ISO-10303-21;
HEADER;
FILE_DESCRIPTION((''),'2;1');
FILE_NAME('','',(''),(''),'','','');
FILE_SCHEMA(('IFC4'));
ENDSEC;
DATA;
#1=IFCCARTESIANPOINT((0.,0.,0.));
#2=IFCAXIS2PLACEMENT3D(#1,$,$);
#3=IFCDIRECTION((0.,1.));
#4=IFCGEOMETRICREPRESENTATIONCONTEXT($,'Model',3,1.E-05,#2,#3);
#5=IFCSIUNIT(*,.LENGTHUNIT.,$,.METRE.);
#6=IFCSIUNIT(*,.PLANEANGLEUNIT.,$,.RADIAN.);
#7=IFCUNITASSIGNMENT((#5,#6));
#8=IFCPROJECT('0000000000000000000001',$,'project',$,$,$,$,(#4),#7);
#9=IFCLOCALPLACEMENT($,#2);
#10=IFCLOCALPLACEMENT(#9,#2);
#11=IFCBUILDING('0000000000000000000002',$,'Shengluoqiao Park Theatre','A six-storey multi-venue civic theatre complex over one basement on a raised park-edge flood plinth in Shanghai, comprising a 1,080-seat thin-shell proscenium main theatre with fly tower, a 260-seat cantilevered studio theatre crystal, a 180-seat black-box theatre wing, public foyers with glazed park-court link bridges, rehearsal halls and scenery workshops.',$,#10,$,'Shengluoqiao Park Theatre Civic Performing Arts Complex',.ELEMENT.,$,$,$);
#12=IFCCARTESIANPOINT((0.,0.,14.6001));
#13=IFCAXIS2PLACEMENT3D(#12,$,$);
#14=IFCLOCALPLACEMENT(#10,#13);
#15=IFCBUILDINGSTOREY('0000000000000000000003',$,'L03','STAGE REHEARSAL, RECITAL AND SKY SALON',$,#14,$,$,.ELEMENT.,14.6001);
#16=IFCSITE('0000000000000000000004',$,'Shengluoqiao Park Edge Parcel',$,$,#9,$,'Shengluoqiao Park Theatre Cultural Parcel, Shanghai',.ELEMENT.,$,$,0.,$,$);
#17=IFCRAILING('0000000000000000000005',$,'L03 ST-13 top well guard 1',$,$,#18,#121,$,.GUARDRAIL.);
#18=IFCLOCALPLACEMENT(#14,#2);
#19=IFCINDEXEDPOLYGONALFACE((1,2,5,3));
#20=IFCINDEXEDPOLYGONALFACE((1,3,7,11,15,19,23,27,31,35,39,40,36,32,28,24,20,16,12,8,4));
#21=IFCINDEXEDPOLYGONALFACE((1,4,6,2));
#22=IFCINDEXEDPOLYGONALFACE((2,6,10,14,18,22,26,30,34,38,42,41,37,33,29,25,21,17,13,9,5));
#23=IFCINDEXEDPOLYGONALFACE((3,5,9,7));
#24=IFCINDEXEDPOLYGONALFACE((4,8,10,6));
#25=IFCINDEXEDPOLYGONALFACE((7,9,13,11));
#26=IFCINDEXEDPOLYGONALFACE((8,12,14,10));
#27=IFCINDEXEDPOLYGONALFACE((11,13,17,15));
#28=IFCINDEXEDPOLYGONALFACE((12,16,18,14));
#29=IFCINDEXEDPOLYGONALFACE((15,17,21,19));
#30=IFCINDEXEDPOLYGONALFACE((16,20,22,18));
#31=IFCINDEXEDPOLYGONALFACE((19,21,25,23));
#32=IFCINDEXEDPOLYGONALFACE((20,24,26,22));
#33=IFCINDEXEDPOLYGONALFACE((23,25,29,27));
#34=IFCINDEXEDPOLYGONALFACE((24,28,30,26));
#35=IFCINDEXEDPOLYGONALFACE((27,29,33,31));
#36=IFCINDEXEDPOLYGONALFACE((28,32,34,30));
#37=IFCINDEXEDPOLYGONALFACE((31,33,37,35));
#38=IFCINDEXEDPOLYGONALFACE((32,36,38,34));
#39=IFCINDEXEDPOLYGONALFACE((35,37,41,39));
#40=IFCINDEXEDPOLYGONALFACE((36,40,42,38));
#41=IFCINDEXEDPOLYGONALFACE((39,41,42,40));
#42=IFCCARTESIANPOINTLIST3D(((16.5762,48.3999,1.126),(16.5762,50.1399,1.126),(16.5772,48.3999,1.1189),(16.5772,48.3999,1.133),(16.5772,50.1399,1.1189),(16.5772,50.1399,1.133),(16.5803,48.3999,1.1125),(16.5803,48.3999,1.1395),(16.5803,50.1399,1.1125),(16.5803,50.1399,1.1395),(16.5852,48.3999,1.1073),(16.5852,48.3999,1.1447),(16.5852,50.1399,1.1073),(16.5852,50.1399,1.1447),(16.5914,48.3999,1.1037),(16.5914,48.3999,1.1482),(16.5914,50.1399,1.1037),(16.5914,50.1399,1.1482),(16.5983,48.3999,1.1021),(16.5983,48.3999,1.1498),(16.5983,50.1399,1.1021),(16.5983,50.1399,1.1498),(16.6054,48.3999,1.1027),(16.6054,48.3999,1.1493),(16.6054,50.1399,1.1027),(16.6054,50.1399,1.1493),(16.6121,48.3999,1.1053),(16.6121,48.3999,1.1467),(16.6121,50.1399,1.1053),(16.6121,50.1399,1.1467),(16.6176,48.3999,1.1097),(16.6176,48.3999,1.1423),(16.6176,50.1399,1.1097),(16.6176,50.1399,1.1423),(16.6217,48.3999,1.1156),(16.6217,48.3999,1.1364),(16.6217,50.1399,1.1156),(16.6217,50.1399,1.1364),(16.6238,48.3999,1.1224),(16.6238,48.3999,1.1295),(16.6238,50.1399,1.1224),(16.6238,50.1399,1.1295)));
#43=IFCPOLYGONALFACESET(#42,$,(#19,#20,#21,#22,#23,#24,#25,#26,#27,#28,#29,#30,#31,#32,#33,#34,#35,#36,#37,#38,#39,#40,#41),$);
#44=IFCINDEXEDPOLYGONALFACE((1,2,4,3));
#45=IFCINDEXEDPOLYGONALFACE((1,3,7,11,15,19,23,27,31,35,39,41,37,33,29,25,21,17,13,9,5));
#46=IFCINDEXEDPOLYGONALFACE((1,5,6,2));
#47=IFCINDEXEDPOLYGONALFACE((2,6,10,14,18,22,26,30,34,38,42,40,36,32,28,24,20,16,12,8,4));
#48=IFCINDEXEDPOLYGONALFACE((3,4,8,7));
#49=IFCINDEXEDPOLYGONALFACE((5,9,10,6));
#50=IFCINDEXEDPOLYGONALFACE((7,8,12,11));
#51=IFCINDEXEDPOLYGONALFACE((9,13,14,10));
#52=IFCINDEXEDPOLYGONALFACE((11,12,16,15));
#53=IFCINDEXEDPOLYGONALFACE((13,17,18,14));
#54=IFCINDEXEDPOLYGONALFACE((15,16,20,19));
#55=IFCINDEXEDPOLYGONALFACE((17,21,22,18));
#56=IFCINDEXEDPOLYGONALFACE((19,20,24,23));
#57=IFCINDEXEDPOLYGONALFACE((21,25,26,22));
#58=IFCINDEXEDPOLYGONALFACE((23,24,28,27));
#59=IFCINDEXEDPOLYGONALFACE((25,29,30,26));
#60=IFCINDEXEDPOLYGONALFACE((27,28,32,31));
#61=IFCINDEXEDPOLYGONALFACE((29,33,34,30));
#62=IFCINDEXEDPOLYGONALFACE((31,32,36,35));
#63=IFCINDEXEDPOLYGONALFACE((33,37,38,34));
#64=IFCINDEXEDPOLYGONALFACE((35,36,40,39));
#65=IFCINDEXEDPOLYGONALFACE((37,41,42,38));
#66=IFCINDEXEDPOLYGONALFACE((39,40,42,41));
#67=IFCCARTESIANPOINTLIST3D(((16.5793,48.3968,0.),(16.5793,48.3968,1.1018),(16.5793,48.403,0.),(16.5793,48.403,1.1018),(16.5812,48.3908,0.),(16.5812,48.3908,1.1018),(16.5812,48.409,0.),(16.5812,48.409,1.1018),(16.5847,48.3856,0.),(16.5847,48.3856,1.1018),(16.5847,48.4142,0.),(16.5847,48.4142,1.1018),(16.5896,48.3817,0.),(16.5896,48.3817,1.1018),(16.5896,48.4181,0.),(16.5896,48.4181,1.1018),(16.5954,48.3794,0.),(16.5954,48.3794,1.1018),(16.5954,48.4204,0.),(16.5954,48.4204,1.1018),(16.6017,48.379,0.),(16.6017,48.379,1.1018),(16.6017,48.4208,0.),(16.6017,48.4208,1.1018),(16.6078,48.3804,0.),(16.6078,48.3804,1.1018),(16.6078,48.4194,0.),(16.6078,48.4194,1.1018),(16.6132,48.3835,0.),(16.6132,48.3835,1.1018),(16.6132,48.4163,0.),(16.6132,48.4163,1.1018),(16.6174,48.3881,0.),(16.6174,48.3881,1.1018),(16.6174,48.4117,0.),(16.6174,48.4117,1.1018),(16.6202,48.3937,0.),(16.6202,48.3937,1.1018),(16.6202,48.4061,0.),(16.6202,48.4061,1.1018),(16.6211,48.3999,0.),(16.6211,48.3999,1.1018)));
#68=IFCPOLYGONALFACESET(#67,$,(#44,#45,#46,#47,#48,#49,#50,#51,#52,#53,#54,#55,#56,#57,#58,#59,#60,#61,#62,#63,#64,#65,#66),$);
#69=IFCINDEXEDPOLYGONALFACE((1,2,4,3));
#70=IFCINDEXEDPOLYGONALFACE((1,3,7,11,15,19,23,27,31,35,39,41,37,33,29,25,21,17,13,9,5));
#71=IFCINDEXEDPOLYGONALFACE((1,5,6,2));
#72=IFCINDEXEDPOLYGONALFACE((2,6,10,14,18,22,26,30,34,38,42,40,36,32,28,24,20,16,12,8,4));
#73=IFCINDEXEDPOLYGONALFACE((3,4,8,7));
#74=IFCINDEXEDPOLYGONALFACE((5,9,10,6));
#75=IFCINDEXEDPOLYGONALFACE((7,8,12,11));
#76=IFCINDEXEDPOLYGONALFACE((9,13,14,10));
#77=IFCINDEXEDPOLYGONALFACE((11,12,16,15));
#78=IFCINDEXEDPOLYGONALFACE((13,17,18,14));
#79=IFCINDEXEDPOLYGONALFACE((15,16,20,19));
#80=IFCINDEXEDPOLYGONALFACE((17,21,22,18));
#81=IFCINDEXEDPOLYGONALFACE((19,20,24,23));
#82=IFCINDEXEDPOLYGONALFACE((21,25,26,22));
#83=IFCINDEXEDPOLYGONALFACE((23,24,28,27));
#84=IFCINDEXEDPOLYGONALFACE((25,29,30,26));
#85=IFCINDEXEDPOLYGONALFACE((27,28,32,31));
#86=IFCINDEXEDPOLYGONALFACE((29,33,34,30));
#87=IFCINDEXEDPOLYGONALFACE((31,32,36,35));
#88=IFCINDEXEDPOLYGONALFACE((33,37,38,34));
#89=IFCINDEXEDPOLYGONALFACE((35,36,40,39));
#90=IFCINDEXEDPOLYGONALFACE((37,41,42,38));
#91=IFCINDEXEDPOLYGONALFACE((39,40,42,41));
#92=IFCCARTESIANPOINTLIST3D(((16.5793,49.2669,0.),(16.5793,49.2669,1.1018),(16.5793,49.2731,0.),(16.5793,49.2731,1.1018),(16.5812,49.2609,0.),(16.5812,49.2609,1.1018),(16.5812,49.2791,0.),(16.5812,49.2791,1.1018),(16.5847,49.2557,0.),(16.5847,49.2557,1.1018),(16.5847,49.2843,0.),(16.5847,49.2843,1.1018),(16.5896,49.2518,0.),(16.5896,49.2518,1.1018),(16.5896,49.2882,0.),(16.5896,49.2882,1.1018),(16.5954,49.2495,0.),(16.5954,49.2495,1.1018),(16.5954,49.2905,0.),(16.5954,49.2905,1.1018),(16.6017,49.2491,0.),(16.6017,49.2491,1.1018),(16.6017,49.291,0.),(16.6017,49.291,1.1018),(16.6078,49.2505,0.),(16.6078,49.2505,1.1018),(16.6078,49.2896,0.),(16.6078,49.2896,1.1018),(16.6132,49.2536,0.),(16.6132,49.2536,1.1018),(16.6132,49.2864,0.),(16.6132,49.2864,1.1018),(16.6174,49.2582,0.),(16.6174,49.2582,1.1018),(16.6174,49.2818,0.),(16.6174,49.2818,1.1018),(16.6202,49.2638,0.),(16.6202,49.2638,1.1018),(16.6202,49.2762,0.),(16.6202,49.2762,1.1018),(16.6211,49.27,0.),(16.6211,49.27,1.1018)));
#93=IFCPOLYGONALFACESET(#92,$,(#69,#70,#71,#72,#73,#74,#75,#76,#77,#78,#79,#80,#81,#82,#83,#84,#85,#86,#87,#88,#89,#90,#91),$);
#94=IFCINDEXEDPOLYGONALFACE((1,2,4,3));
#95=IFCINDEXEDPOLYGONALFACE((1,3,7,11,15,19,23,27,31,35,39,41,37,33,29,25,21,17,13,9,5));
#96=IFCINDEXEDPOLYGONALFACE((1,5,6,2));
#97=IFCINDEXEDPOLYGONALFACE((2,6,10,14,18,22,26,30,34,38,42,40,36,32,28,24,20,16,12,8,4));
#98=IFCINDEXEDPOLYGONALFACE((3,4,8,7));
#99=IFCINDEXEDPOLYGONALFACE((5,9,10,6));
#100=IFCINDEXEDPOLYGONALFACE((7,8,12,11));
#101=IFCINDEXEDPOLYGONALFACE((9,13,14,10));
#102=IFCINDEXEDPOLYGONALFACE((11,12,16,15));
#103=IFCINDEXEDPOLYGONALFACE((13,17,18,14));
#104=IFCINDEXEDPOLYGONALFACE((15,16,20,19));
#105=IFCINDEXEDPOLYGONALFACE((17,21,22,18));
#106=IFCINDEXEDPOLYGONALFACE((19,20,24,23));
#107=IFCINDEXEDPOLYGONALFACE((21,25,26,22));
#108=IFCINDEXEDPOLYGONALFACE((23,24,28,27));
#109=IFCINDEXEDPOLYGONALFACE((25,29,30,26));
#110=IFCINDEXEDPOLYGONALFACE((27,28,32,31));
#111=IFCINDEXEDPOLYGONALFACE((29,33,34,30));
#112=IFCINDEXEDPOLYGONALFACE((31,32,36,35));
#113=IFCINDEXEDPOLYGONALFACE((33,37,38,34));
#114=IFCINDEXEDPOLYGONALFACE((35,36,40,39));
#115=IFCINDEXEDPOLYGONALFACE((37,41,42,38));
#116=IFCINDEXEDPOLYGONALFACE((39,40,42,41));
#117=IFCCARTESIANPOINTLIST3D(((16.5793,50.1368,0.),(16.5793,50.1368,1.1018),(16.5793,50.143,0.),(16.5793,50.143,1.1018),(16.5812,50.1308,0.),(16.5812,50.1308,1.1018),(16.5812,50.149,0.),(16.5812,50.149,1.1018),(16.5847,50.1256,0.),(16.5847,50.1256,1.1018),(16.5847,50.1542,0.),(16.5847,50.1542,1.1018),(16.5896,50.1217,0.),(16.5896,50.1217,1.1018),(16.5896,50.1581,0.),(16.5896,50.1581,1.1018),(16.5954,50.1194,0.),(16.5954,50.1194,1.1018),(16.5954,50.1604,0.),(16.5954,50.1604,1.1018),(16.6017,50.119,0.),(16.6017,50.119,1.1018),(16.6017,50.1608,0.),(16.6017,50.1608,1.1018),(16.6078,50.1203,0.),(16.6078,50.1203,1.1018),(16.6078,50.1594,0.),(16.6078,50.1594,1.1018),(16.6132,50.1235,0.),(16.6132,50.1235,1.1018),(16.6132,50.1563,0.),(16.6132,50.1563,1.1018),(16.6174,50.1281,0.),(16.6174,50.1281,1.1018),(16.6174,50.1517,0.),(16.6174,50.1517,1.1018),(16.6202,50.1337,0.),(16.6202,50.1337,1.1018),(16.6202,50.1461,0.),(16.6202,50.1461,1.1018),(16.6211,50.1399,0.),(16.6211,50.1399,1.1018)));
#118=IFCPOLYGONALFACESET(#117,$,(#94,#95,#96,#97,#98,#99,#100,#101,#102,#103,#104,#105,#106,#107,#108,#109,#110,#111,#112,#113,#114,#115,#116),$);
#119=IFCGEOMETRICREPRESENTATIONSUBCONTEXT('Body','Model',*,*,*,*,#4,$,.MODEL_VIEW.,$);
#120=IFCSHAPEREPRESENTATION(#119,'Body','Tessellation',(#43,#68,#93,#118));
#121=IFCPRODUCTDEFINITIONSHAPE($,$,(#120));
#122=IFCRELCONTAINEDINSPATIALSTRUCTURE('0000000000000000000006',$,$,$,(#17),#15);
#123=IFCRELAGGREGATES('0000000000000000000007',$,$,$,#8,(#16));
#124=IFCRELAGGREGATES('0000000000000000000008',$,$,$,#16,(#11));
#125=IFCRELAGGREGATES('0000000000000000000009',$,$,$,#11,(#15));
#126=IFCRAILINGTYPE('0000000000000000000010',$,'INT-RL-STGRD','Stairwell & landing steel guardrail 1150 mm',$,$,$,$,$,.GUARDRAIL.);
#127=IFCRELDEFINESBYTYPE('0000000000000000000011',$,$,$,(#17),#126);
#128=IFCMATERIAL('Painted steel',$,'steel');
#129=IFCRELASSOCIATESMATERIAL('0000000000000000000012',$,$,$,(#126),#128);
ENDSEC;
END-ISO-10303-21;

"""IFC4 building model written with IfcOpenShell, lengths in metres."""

from ifc_helpers import new_model, si_unit, direction, frame, origin, origin_2d, place, context, subcontext, project, spatial, circle, extrude, material, type_object, element, save


model = new_model("IFC4")

# Units and contexts
model_context = context("Model", 3, precision=1e-05, world=origin(), true_north=direction((0.0, 1.0)))
body_context = subcontext(model_context, "Body", "Model", "MODEL_VIEW")
ifc_project = project(units=[si_unit("LENGTHUNIT", "METRE"), si_unit("PLANEANGLEUNIT", "RADIAN")], contexts=[model_context])

# Site, building, storey
site_placement = place(None, origin())
site = spatial("IfcSite", under=ifc_project, at=site_placement, Name="Shengluoqiao Park Edge Parcel", LongName="Shengluoqiao Park Theatre Cultural Parcel, Shanghai", CompositionType="ELEMENT", RefElevation=0.0)
building_placement = place(site_placement, origin())
building = spatial("IfcBuilding", under=site, at=building_placement, Name="Shengluoqiao Park Theatre", Description="A six-storey multi-venue civic theatre complex over one basement on a raised park-edge flood plinth in Shanghai, comprising a 1,080-seat thin-shell proscenium main theatre with fly tower, a 260-seat cantilevered studio theatre crystal, a 180-seat black-box theatre wing, public foyers with glazed park-court link bridges, rehearsal halls and scenery workshops.", LongName="Shengluoqiao Park Theatre Civic Performing Arts Complex", CompositionType="ELEMENT")
storey_placement = place(building_placement, frame((0.0, 0.0, 14.6001)))
storey = spatial("IfcBuildingStorey", under=building, at=storey_placement, Name="L03", Description="STAGE REHEARSAL, RECITAL AND SKY SALON", CompositionType="ELEMENT", Elevation=14.6001)

# Railing
ifc_material_1 = material(Name="Painted steel", Category="steel")
railing_type = type_object("IfcRailingType", Name="INT-RL-STGRD", Description="Stairwell & landing steel guardrail 1150 mm", PredefinedType="GUARDRAIL", material=ifc_material_1)
railing_placement = place(storey_placement, frame((16.6001, 48.3999, 0.0)))
element("IfcRailing", 1, at=railing_placement, inside=storey, type_object=railing_type, Name="L03 ST-13 top well guard 1", PredefinedType="GUARDRAIL", context=body_context, shape_type="SweptSolid", body=[
    extrude(circle(Radius=0.0239, at=origin_2d()), frame((0.0, 0.0, 1.126), z_axis=(0.0, 1.0, 0.0), x_axis=(-1.0, 0.0, 0.0)), (0.0, 0.0, 1.0), 1.74),
    extrude(circle(Radius=0.021, at=origin_2d()), origin(), (0.0, 0.0, 1.0), 1.1018),
    extrude(circle(Radius=0.021, at=origin_2d()), frame((0.0, 0.8701, 0.0)), (0.0, 0.0, 1.0), 1.1018),
    extrude(circle(Radius=0.021, at=origin_2d()), frame((0.0, 1.74, 0.0)), (0.0, 0.0, 1.0), 1.1018),
])

save(model, "model.ifc")
